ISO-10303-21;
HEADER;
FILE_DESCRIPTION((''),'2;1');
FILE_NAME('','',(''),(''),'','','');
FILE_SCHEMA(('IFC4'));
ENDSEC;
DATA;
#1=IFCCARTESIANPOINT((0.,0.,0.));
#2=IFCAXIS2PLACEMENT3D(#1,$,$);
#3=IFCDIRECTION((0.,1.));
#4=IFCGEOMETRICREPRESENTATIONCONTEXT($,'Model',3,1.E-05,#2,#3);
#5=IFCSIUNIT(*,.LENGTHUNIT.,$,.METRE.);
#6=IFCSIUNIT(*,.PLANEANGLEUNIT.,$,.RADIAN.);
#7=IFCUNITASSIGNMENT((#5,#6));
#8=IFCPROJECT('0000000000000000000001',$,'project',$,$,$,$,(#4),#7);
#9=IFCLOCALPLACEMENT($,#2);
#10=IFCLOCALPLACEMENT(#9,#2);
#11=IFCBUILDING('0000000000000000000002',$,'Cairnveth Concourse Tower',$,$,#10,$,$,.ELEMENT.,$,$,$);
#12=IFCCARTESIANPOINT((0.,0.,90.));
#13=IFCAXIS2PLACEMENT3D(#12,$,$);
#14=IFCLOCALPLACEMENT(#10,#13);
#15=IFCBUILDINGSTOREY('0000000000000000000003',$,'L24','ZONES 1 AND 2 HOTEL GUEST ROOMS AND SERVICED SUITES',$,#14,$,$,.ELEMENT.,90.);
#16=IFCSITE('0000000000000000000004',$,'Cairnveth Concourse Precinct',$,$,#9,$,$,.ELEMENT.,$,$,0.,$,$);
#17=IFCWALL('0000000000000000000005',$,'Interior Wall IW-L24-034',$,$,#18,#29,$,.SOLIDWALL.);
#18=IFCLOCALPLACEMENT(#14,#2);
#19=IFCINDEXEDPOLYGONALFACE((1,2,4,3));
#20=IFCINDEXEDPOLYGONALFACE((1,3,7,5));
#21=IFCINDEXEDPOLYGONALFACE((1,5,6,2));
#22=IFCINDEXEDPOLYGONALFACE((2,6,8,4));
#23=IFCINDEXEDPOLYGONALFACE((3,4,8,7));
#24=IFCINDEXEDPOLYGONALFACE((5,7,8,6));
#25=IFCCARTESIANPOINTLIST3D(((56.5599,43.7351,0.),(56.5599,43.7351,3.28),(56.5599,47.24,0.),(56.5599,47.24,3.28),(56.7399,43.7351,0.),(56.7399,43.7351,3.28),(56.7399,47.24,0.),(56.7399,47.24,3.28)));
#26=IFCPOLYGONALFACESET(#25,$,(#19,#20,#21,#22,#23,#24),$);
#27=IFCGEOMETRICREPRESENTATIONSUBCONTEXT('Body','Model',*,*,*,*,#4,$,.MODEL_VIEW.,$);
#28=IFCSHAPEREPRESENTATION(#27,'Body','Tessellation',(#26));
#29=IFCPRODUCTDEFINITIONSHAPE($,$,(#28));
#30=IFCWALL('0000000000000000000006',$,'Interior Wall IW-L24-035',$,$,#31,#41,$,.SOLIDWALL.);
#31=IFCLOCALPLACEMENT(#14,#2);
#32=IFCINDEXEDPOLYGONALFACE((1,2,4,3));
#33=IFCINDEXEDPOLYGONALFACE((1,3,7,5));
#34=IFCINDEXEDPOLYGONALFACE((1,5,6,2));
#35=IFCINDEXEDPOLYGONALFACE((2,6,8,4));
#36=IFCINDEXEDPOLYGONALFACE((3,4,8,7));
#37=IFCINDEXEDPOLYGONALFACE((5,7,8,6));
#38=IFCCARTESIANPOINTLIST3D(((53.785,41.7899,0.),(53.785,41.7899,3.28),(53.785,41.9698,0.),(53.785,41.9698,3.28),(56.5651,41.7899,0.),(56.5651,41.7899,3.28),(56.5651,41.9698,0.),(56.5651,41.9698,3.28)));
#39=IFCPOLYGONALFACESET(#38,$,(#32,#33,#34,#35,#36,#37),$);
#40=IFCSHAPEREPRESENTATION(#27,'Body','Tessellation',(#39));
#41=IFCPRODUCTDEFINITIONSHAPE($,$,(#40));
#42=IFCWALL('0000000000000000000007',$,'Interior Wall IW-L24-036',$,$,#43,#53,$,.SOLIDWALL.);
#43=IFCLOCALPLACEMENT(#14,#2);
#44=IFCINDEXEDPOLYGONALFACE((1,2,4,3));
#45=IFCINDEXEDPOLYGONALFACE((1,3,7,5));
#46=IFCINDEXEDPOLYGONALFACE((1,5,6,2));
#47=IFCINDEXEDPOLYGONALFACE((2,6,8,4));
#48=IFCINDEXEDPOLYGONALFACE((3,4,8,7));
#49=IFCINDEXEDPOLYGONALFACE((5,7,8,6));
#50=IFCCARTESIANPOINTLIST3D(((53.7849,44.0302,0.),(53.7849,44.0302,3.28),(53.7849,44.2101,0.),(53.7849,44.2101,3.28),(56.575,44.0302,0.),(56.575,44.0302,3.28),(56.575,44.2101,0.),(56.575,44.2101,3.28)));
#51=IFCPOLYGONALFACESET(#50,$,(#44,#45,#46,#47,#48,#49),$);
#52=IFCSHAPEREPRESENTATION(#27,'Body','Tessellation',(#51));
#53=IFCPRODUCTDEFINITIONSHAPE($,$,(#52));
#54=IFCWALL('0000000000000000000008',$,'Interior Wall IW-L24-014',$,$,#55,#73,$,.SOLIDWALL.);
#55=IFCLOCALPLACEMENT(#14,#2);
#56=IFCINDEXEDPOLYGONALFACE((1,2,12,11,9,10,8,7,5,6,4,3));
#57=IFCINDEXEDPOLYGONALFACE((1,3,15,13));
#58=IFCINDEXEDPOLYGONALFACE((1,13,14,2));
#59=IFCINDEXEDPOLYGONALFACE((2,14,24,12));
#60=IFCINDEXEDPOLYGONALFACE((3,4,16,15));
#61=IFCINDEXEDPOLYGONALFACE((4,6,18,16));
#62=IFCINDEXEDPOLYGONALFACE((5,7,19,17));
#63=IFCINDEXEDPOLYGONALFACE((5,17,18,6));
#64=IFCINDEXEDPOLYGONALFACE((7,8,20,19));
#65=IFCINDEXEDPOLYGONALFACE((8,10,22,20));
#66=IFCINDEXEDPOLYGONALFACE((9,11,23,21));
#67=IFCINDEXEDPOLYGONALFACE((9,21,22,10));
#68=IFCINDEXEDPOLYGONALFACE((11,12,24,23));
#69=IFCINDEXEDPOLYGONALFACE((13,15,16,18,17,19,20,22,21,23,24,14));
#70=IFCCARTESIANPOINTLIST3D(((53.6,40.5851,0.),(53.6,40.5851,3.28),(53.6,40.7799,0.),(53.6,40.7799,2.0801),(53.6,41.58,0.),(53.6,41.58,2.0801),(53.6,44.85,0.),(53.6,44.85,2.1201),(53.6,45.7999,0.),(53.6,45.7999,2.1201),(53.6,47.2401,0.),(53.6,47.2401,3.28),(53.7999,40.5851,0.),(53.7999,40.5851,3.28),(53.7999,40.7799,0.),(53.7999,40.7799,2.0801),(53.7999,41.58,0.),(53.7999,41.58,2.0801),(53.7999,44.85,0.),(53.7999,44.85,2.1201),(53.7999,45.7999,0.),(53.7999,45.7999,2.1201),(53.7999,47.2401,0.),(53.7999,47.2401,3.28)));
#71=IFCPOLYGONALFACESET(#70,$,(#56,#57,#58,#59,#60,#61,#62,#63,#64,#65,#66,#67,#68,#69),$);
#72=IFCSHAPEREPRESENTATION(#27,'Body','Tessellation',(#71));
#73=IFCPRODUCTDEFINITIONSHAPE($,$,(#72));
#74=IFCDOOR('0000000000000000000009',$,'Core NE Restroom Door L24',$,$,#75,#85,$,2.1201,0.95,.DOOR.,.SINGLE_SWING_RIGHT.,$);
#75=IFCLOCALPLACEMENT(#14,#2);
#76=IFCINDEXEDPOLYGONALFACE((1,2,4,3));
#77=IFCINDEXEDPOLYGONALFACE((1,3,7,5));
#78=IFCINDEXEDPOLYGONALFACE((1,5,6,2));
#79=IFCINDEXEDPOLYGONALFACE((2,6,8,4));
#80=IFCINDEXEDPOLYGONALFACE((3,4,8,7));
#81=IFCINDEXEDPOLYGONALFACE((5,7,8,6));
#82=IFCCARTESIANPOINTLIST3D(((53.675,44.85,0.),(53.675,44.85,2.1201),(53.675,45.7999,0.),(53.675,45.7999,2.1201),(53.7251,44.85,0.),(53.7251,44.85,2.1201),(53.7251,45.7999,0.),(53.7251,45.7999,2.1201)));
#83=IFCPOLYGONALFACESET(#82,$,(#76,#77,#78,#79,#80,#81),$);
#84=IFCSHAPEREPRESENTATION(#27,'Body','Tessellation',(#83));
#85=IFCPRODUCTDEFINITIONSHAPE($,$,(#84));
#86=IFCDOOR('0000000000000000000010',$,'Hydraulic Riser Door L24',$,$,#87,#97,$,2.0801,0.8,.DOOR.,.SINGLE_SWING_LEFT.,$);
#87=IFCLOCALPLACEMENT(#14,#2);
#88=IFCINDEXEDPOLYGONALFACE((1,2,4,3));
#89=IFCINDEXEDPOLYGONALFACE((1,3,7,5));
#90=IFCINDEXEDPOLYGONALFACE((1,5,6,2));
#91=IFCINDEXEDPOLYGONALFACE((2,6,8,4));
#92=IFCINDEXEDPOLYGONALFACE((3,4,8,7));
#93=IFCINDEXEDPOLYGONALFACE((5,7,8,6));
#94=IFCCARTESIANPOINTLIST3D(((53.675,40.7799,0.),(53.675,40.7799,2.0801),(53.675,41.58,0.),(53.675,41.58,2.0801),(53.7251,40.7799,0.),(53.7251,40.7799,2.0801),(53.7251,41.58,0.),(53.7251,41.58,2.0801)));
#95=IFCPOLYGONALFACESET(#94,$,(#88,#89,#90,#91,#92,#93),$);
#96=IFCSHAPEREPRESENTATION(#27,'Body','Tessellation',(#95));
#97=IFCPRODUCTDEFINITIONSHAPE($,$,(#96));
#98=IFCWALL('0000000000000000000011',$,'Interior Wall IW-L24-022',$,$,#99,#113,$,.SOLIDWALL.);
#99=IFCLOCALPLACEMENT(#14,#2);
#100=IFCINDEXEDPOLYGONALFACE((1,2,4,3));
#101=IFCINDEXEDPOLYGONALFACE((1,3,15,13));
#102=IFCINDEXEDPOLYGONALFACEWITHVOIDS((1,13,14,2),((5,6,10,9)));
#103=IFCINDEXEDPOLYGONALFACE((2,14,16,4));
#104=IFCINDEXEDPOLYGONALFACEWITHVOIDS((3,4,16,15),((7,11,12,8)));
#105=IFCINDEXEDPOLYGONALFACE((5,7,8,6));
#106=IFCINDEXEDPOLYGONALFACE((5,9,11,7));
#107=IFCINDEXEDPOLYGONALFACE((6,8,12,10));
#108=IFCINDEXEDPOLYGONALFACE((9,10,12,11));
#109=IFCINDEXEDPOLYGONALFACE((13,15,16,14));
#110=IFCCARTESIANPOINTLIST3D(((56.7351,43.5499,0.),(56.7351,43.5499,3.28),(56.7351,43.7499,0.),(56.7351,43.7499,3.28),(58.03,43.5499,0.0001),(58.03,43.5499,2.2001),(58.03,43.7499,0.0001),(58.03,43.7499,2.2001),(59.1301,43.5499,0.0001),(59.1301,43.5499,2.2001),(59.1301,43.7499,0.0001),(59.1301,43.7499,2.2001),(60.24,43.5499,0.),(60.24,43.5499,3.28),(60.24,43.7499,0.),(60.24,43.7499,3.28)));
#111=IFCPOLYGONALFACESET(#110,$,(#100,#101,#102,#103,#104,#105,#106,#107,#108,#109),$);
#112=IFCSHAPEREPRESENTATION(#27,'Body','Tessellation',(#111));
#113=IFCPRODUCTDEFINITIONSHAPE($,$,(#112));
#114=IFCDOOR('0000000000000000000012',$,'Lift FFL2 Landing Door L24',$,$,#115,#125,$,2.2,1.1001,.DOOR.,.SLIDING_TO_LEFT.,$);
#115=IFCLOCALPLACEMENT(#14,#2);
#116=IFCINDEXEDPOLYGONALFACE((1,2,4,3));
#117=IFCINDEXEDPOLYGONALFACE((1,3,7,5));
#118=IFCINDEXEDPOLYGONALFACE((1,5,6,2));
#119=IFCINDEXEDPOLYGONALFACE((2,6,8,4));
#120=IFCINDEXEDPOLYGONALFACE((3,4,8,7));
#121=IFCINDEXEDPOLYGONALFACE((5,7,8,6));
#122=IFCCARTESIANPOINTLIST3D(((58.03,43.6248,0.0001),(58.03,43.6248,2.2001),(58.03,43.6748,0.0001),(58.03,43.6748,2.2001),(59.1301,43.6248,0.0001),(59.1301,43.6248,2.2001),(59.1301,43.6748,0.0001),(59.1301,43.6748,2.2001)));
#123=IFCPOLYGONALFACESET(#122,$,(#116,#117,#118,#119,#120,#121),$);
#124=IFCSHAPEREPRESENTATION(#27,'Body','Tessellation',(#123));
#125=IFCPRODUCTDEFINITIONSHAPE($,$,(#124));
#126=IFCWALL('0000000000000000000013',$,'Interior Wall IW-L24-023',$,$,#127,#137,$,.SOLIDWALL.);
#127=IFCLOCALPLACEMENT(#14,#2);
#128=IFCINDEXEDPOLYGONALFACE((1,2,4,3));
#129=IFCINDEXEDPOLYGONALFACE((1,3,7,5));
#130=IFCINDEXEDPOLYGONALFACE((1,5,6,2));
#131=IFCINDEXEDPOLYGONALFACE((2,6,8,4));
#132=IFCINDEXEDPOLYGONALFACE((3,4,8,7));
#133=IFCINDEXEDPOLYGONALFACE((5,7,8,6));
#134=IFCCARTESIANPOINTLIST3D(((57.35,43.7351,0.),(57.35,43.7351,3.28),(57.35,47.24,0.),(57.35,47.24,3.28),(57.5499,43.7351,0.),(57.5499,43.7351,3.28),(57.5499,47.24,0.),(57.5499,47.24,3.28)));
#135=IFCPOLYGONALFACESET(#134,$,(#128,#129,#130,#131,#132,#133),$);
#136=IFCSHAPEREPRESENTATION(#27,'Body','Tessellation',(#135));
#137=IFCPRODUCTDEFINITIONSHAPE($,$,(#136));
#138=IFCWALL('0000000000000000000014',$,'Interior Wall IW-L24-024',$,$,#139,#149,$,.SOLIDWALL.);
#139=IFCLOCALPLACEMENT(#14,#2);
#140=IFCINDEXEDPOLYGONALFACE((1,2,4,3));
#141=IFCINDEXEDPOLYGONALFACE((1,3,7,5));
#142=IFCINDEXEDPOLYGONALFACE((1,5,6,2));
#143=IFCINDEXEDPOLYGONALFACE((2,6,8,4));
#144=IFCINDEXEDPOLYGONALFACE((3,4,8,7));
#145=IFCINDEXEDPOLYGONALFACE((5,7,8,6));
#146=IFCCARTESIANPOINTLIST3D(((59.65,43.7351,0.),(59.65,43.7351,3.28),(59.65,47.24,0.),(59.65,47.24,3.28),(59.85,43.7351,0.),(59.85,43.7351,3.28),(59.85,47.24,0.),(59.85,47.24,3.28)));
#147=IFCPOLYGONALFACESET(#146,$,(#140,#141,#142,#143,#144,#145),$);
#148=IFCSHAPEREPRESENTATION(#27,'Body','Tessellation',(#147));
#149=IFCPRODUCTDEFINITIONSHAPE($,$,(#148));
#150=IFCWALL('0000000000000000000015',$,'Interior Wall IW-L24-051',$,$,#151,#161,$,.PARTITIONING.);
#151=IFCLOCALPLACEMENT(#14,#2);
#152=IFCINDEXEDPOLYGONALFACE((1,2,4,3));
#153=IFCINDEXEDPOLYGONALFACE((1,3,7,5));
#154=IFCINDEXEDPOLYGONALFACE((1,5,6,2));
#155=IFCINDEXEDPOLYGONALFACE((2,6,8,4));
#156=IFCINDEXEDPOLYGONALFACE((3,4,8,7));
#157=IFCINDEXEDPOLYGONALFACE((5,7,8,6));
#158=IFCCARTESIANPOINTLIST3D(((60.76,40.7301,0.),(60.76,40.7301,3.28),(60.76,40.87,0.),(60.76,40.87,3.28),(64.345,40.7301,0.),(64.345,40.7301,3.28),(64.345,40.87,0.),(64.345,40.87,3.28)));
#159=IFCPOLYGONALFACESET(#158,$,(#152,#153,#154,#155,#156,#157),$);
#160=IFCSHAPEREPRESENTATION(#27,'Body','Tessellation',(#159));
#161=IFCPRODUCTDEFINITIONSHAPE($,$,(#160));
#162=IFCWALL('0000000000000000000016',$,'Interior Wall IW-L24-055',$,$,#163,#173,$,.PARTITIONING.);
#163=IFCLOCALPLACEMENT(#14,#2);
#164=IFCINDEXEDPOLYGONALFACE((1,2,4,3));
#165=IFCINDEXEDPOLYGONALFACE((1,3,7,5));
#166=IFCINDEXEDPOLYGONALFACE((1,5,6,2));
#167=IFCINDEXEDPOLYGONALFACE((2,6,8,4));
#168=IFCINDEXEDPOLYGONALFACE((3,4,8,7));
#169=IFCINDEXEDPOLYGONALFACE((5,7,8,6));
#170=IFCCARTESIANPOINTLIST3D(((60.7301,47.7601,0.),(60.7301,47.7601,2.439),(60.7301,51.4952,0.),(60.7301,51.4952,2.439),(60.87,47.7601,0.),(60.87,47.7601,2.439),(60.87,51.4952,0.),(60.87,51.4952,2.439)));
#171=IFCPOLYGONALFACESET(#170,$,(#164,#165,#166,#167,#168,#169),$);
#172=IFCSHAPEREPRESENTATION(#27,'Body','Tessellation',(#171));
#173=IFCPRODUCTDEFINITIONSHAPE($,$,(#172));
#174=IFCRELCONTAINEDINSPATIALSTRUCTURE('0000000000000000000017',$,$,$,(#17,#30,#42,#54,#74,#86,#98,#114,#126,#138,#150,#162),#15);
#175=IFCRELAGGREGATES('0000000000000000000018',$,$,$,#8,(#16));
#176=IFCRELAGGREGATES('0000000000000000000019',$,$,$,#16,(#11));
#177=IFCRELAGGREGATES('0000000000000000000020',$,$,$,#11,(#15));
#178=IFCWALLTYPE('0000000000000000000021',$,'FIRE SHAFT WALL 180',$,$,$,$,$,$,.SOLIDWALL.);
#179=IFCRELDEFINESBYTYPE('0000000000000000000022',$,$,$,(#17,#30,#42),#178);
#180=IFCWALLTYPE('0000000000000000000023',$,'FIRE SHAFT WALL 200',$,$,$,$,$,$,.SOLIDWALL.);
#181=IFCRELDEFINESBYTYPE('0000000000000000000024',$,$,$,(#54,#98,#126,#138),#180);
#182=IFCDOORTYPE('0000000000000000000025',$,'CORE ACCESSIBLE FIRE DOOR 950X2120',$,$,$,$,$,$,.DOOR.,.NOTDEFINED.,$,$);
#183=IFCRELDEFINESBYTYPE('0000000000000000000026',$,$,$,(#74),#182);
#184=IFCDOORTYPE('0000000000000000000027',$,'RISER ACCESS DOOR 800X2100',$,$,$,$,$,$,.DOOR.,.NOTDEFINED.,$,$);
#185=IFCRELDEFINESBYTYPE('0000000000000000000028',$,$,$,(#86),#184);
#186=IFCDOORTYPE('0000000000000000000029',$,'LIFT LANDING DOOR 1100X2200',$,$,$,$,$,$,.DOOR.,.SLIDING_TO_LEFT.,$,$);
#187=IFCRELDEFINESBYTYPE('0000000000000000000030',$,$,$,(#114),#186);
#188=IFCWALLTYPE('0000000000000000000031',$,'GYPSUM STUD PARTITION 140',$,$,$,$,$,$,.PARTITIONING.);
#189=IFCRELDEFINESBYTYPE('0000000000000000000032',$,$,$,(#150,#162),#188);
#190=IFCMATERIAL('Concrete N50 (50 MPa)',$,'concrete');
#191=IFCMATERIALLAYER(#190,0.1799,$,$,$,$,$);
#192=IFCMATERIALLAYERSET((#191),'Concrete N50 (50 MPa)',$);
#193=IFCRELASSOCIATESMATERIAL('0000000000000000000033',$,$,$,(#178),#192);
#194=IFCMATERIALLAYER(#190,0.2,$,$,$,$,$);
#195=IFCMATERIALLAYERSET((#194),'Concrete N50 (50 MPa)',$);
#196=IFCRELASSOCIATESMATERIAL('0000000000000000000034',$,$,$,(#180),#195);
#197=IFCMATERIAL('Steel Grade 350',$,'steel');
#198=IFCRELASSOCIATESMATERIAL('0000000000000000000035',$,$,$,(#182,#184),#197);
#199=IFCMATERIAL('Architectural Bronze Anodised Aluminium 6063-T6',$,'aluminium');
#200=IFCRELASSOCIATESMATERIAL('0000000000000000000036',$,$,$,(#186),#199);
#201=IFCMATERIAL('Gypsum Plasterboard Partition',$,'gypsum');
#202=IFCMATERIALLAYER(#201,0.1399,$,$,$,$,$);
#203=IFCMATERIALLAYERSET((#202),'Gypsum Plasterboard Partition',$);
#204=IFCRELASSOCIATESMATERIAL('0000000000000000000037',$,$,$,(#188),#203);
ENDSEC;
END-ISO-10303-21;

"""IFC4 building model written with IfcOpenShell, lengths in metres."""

from ifc_helpers import new_model, si_unit, direction, frame, frame_2d, origin, place, context, subcontext, project, spatial, rectangle, extrude, material, layer, layer_set, type_object, element, fill, save


model = new_model("IFC4")

# Units and contexts
model_context = context("Model", 3, precision=1e-05, world=origin(), true_north=direction((0.0, 1.0)))
body_context = subcontext(model_context, "Body", "Model", "MODEL_VIEW")
ifc_project = project(units=[si_unit("LENGTHUNIT", "METRE"), si_unit("PLANEANGLEUNIT", "RADIAN")], contexts=[model_context])

# Site, building, storey
site_placement = place(None, origin())
site = spatial("IfcSite", under=ifc_project, at=site_placement, Name="Cairnveth Concourse Precinct", CompositionType="ELEMENT", RefElevation=0.0)
building_placement = place(site_placement, origin())
building = spatial("IfcBuilding", under=site, at=building_placement, Name="Cairnveth Concourse Tower", CompositionType="ELEMENT")
storey_placement = place(building_placement, frame((0.0, 0.0, 90.0)))
storey = spatial("IfcBuildingStorey", under=building, at=storey_placement, Name="L24", Description="ZONES 1 AND 2 HOTEL GUEST ROOMS AND SERVICED SUITES", CompositionType="ELEMENT", Elevation=90.0)

# Shared definitions
ifc_material_1 = material(Name="Steel Grade 350", Category="steel")

# Shared definitions
ifc_material_2 = material(Name="Gypsum Plasterboard Partition", Category="gypsum")

# Walls
ifc_material_3 = material(Name="Concrete N50 (50 MPa)", Category="concrete")
ifc_layer_1 = layer(ifc_material_3, 0.1799)
ifc_layer_set_1 = layer_set([ifc_layer_1], Name="Concrete N50 (50 MPa)")
wall_type_1 = type_object("IfcWallType", Name="FIRE SHAFT WALL 180", PredefinedType="SOLIDWALL", material=ifc_layer_set_1)
wall_1_placement = place(storey_placement, frame((56.6499, 43.7351, 0.0), z_axis=(0.0, 0.0, 1.0), x_axis=(0.0, 1.0, 0.0)))
element("IfcWall", 1, at=wall_1_placement, inside=storey, type_object=wall_type_1, Name="Interior Wall IW-L24-034", PredefinedType="SOLIDWALL", context=body_context, shape_type="SweptSolid", body=[
    extrude(rectangle(XDim=3.5049, YDim=0.1799, at=frame_2d((1.7524, 0.0))), origin(), (0.0, 0.0, 1.0), 3.28),
])
wall_2_placement = place(storey_placement, frame((53.7849, 41.8799, 0.0), z_axis=(0.0, 0.0, 1.0), x_axis=(1.0, 0.0, 0.0)))
element("IfcWall", 2, at=wall_2_placement, inside=storey, type_object=wall_type_1, Name="Interior Wall IW-L24-035", PredefinedType="SOLIDWALL", context=body_context, shape_type="SweptSolid", body=[
    extrude(rectangle(XDim=2.78, YDim=0.1799, at=frame_2d((1.3901, 0.0))), origin(), (0.0, 0.0, 1.0), 3.28),
])
wall_3_placement = place(storey_placement, frame((53.7849, 44.1201, 0.0), z_axis=(0.0, 0.0, 1.0), x_axis=(1.0, 0.0, 0.0)))
element("IfcWall", 3, at=wall_3_placement, inside=storey, type_object=wall_type_1, Name="Interior Wall IW-L24-036", PredefinedType="SOLIDWALL", context=body_context, shape_type="SweptSolid", body=[
    extrude(rectangle(XDim=2.79, YDim=0.1799, at=frame_2d((1.395, 0.0))), origin(), (0.0, 0.0, 1.0), 3.28),
])

# Wall, openings, doors
ifc_layer_2 = layer(ifc_material_3, 0.2)
ifc_layer_set_2 = layer_set([ifc_layer_2], Name="Concrete N50 (50 MPa)")
wall_type_2 = type_object("IfcWallType", Name="FIRE SHAFT WALL 200", PredefinedType="SOLIDWALL", material=ifc_layer_set_2)
wall_4_placement = place(storey_placement, frame((53.7, 40.585, 0.0), z_axis=(0.0, 0.0, 1.0), x_axis=(0.0, 1.0, 0.0)))
wall_4 = element("IfcWall", 4, at=wall_4_placement, inside=storey, type_object=wall_type_2, Name="Interior Wall IW-L24-014", PredefinedType="SOLIDWALL", context=body_context, shape_type="SweptSolid", body=[
    extrude(rectangle(XDim=6.655, YDim=0.2, at=frame_2d((3.3276, 0.0))), origin(), (0.0, 0.0, 1.0), 3.28),
])
opening_1_placement = place(wall_4_placement, frame((0.1951, 0.0, 0.0)))
opening_1 = element("IfcOpeningElement", 5, at=opening_1_placement, cuts=wall_4, PredefinedType="OPENING", context=body_context, shape_type="SweptSolid", body=[
    extrude(rectangle(XDim=0.8, YDim=2.0801, at=frame_2d((0.3999, 1.04))), frame((0.0, 0.1099, 0.0), z_axis=(0.0, -1.0, 0.0), x_axis=(1.0, 0.0, 0.0)), (0.0, 0.0, 1.0), 0.22),
])
opening_2_placement = place(wall_4_placement, frame((4.2649, 0.0, 0.0)))
opening_2 = element("IfcOpeningElement", 6, at=opening_2_placement, cuts=wall_4, PredefinedType="OPENING", context=body_context, shape_type="SweptSolid", body=[
    extrude(rectangle(XDim=0.95, YDim=2.1201, at=frame_2d((0.4751, 1.0601))), frame((0.0, 0.1099, 0.0), z_axis=(0.0, -1.0, 0.0), x_axis=(1.0, 0.0, 0.0)), (0.0, 0.0, 1.0), 0.22),
])
door_type_1 = type_object("IfcDoorType", Name="CORE ACCESSIBLE FIRE DOOR 950X2120", OperationType="NOTDEFINED", PredefinedType="DOOR", material=ifc_material_1)
door_1_placement = place(opening_2_placement, origin())
door_1 = element("IfcDoor", 7, at=door_1_placement, inside=storey, type_object=door_type_1, Name="Core NE Restroom Door L24", OperationType="SINGLE_SWING_RIGHT", OverallHeight=2.1201, OverallWidth=0.95, PredefinedType="DOOR", context=body_context, shape_type="SweptSolid", body=[
    extrude(rectangle(XDim=0.95, YDim=2.1201, at=frame_2d((0.4751, 1.0601))), frame((0.0, 0.0249, 0.0), z_axis=(0.0, -1.0, 0.0), x_axis=(1.0, 0.0, 0.0)), (0.0, 0.0, 1.0), 0.05),
])
fill(opening_2, door_1)
door_type_2 = type_object("IfcDoorType", Name="RISER ACCESS DOOR 800X2100", OperationType="NOTDEFINED", PredefinedType="DOOR", material=ifc_material_1)
door_2_placement = place(opening_1_placement, origin())
door_2 = element("IfcDoor", 8, at=door_2_placement, inside=storey, type_object=door_type_2, Name="Hydraulic Riser Door L24", OperationType="SINGLE_SWING_LEFT", OverallHeight=2.0801, OverallWidth=0.8, PredefinedType="DOOR", context=body_context, shape_type="SweptSolid", body=[
    extrude(rectangle(XDim=0.8, YDim=2.0801, at=frame_2d((0.3999, 1.04))), frame((0.0, 0.0249, 0.0), z_axis=(0.0, -1.0, 0.0), x_axis=(1.0, 0.0, 0.0)), (0.0, 0.0, 1.0), 0.05),
])
fill(opening_1, door_2)

# Wall, opening, door
wall_5_placement = place(storey_placement, frame((56.7351, 43.6499, 0.0), z_axis=(0.0, 0.0, 1.0), x_axis=(1.0, 0.0, 0.0)))
wall_5 = element("IfcWall", 9, at=wall_5_placement, inside=storey, type_object=wall_type_2, Name="Interior Wall IW-L24-022", PredefinedType="SOLIDWALL", context=body_context, shape_type="SweptSolid", body=[
    extrude(rectangle(XDim=3.5049, YDim=0.2, at=frame_2d((1.7524, 0.0))), origin(), (0.0, 0.0, 1.0), 3.28),
])
opening_3_placement = place(wall_5_placement, frame((1.2949, 0.0, 0.0)))
opening_3 = element("IfcOpeningElement", 10, at=opening_3_placement, cuts=wall_5, PredefinedType="OPENING", context=body_context, shape_type="SweptSolid", body=[
    extrude(rectangle(XDim=1.1001, YDim=2.2, at=frame_2d((0.55, 1.1001))), frame((0.0, 0.1099, 0.0), z_axis=(0.0, -1.0, 0.0), x_axis=(1.0, 0.0, 0.0)), (0.0, 0.0, 1.0), 0.22),
])
ifc_material_4 = material(Name="Architectural Bronze Anodised Aluminium 6063-T6", Category="aluminium")
door_type_3 = type_object("IfcDoorType", Name="LIFT LANDING DOOR 1100X2200", OperationType="SLIDING_TO_LEFT", PredefinedType="DOOR", material=ifc_material_4)
door_3_placement = place(opening_3_placement, origin())
door_3 = element("IfcDoor", 11, at=door_3_placement, inside=storey, type_object=door_type_3, Name="Lift FFL2 Landing Door L24", OperationType="SLIDING_TO_LEFT", OverallHeight=2.2, OverallWidth=1.1001, PredefinedType="DOOR", context=body_context, shape_type="SweptSolid", body=[
    extrude(rectangle(XDim=1.1001, YDim=2.2, at=frame_2d((0.55, 1.1001))), frame((0.0, 0.0249, 0.0), z_axis=(0.0, -1.0, 0.0), x_axis=(1.0, 0.0, 0.0)), (0.0, 0.0, 1.0), 0.05),
])
fill(opening_3, door_3)

# Walls
for number, where, z_axis, x_axis, name in (
    (12, (57.45, 43.7351, 0.0), (0.0, 0.0, 1.0), (0.0, 1.0, 0.0), "Interior Wall IW-L24-023"),
    (13, (59.75, 43.7351, 0.0), (0.0, 0.0, 1.0), (0.0, 1.0, 0.0), "Interior Wall IW-L24-024"),
):
    element("IfcWall", number, at=place(storey_placement, frame(where, z_axis=z_axis, x_axis=x_axis)), inside=storey, type_object=wall_type_2, Name=name, PredefinedType="SOLIDWALL", context=body_context, shape_type="SweptSolid", body=[
        extrude(rectangle(XDim=3.5049, YDim=0.2, at=frame_2d((1.7524, 0.0))), origin(), (0.0, 0.0, 1.0), 3.28),
    ])
ifc_layer_3 = layer(ifc_material_2, 0.1399)
ifc_layer_set_3 = layer_set([ifc_layer_3], Name="Gypsum Plasterboard Partition")
wall_type_3 = type_object("IfcWallType", Name="GYPSUM STUD PARTITION 140", PredefinedType="PARTITIONING", material=ifc_layer_set_3)
wall_6_placement = place(storey_placement, frame((60.76, 40.8, 0.0), z_axis=(0.0, 0.0, 1.0), x_axis=(1.0, 0.0, 0.0)))
element("IfcWall", 14, at=wall_6_placement, inside=storey, type_object=wall_type_3, Name="Interior Wall IW-L24-051", PredefinedType="PARTITIONING", context=body_context, shape_type="SweptSolid", body=[
    extrude(rectangle(XDim=3.585, YDim=0.1399, at=frame_2d((1.7925, 0.0))), origin(), (0.0, 0.0, 1.0), 3.28),
])
wall_7_placement = place(storey_placement, frame((60.8, 47.76, 0.0), z_axis=(0.0, 0.0, 1.0), x_axis=(0.0, 1.0, 0.0)))
element("IfcWall", 15, at=wall_7_placement, inside=storey, type_object=wall_type_3, Name="Interior Wall IW-L24-055", PredefinedType="PARTITIONING", context=body_context, shape_type="SweptSolid", body=[
    extrude(rectangle(XDim=3.7351, YDim=0.1399, at=frame_2d((1.8677, 0.0))), origin(), (0.0, 0.0, 1.0), 2.439),
])

save(model, "model.ifc")
